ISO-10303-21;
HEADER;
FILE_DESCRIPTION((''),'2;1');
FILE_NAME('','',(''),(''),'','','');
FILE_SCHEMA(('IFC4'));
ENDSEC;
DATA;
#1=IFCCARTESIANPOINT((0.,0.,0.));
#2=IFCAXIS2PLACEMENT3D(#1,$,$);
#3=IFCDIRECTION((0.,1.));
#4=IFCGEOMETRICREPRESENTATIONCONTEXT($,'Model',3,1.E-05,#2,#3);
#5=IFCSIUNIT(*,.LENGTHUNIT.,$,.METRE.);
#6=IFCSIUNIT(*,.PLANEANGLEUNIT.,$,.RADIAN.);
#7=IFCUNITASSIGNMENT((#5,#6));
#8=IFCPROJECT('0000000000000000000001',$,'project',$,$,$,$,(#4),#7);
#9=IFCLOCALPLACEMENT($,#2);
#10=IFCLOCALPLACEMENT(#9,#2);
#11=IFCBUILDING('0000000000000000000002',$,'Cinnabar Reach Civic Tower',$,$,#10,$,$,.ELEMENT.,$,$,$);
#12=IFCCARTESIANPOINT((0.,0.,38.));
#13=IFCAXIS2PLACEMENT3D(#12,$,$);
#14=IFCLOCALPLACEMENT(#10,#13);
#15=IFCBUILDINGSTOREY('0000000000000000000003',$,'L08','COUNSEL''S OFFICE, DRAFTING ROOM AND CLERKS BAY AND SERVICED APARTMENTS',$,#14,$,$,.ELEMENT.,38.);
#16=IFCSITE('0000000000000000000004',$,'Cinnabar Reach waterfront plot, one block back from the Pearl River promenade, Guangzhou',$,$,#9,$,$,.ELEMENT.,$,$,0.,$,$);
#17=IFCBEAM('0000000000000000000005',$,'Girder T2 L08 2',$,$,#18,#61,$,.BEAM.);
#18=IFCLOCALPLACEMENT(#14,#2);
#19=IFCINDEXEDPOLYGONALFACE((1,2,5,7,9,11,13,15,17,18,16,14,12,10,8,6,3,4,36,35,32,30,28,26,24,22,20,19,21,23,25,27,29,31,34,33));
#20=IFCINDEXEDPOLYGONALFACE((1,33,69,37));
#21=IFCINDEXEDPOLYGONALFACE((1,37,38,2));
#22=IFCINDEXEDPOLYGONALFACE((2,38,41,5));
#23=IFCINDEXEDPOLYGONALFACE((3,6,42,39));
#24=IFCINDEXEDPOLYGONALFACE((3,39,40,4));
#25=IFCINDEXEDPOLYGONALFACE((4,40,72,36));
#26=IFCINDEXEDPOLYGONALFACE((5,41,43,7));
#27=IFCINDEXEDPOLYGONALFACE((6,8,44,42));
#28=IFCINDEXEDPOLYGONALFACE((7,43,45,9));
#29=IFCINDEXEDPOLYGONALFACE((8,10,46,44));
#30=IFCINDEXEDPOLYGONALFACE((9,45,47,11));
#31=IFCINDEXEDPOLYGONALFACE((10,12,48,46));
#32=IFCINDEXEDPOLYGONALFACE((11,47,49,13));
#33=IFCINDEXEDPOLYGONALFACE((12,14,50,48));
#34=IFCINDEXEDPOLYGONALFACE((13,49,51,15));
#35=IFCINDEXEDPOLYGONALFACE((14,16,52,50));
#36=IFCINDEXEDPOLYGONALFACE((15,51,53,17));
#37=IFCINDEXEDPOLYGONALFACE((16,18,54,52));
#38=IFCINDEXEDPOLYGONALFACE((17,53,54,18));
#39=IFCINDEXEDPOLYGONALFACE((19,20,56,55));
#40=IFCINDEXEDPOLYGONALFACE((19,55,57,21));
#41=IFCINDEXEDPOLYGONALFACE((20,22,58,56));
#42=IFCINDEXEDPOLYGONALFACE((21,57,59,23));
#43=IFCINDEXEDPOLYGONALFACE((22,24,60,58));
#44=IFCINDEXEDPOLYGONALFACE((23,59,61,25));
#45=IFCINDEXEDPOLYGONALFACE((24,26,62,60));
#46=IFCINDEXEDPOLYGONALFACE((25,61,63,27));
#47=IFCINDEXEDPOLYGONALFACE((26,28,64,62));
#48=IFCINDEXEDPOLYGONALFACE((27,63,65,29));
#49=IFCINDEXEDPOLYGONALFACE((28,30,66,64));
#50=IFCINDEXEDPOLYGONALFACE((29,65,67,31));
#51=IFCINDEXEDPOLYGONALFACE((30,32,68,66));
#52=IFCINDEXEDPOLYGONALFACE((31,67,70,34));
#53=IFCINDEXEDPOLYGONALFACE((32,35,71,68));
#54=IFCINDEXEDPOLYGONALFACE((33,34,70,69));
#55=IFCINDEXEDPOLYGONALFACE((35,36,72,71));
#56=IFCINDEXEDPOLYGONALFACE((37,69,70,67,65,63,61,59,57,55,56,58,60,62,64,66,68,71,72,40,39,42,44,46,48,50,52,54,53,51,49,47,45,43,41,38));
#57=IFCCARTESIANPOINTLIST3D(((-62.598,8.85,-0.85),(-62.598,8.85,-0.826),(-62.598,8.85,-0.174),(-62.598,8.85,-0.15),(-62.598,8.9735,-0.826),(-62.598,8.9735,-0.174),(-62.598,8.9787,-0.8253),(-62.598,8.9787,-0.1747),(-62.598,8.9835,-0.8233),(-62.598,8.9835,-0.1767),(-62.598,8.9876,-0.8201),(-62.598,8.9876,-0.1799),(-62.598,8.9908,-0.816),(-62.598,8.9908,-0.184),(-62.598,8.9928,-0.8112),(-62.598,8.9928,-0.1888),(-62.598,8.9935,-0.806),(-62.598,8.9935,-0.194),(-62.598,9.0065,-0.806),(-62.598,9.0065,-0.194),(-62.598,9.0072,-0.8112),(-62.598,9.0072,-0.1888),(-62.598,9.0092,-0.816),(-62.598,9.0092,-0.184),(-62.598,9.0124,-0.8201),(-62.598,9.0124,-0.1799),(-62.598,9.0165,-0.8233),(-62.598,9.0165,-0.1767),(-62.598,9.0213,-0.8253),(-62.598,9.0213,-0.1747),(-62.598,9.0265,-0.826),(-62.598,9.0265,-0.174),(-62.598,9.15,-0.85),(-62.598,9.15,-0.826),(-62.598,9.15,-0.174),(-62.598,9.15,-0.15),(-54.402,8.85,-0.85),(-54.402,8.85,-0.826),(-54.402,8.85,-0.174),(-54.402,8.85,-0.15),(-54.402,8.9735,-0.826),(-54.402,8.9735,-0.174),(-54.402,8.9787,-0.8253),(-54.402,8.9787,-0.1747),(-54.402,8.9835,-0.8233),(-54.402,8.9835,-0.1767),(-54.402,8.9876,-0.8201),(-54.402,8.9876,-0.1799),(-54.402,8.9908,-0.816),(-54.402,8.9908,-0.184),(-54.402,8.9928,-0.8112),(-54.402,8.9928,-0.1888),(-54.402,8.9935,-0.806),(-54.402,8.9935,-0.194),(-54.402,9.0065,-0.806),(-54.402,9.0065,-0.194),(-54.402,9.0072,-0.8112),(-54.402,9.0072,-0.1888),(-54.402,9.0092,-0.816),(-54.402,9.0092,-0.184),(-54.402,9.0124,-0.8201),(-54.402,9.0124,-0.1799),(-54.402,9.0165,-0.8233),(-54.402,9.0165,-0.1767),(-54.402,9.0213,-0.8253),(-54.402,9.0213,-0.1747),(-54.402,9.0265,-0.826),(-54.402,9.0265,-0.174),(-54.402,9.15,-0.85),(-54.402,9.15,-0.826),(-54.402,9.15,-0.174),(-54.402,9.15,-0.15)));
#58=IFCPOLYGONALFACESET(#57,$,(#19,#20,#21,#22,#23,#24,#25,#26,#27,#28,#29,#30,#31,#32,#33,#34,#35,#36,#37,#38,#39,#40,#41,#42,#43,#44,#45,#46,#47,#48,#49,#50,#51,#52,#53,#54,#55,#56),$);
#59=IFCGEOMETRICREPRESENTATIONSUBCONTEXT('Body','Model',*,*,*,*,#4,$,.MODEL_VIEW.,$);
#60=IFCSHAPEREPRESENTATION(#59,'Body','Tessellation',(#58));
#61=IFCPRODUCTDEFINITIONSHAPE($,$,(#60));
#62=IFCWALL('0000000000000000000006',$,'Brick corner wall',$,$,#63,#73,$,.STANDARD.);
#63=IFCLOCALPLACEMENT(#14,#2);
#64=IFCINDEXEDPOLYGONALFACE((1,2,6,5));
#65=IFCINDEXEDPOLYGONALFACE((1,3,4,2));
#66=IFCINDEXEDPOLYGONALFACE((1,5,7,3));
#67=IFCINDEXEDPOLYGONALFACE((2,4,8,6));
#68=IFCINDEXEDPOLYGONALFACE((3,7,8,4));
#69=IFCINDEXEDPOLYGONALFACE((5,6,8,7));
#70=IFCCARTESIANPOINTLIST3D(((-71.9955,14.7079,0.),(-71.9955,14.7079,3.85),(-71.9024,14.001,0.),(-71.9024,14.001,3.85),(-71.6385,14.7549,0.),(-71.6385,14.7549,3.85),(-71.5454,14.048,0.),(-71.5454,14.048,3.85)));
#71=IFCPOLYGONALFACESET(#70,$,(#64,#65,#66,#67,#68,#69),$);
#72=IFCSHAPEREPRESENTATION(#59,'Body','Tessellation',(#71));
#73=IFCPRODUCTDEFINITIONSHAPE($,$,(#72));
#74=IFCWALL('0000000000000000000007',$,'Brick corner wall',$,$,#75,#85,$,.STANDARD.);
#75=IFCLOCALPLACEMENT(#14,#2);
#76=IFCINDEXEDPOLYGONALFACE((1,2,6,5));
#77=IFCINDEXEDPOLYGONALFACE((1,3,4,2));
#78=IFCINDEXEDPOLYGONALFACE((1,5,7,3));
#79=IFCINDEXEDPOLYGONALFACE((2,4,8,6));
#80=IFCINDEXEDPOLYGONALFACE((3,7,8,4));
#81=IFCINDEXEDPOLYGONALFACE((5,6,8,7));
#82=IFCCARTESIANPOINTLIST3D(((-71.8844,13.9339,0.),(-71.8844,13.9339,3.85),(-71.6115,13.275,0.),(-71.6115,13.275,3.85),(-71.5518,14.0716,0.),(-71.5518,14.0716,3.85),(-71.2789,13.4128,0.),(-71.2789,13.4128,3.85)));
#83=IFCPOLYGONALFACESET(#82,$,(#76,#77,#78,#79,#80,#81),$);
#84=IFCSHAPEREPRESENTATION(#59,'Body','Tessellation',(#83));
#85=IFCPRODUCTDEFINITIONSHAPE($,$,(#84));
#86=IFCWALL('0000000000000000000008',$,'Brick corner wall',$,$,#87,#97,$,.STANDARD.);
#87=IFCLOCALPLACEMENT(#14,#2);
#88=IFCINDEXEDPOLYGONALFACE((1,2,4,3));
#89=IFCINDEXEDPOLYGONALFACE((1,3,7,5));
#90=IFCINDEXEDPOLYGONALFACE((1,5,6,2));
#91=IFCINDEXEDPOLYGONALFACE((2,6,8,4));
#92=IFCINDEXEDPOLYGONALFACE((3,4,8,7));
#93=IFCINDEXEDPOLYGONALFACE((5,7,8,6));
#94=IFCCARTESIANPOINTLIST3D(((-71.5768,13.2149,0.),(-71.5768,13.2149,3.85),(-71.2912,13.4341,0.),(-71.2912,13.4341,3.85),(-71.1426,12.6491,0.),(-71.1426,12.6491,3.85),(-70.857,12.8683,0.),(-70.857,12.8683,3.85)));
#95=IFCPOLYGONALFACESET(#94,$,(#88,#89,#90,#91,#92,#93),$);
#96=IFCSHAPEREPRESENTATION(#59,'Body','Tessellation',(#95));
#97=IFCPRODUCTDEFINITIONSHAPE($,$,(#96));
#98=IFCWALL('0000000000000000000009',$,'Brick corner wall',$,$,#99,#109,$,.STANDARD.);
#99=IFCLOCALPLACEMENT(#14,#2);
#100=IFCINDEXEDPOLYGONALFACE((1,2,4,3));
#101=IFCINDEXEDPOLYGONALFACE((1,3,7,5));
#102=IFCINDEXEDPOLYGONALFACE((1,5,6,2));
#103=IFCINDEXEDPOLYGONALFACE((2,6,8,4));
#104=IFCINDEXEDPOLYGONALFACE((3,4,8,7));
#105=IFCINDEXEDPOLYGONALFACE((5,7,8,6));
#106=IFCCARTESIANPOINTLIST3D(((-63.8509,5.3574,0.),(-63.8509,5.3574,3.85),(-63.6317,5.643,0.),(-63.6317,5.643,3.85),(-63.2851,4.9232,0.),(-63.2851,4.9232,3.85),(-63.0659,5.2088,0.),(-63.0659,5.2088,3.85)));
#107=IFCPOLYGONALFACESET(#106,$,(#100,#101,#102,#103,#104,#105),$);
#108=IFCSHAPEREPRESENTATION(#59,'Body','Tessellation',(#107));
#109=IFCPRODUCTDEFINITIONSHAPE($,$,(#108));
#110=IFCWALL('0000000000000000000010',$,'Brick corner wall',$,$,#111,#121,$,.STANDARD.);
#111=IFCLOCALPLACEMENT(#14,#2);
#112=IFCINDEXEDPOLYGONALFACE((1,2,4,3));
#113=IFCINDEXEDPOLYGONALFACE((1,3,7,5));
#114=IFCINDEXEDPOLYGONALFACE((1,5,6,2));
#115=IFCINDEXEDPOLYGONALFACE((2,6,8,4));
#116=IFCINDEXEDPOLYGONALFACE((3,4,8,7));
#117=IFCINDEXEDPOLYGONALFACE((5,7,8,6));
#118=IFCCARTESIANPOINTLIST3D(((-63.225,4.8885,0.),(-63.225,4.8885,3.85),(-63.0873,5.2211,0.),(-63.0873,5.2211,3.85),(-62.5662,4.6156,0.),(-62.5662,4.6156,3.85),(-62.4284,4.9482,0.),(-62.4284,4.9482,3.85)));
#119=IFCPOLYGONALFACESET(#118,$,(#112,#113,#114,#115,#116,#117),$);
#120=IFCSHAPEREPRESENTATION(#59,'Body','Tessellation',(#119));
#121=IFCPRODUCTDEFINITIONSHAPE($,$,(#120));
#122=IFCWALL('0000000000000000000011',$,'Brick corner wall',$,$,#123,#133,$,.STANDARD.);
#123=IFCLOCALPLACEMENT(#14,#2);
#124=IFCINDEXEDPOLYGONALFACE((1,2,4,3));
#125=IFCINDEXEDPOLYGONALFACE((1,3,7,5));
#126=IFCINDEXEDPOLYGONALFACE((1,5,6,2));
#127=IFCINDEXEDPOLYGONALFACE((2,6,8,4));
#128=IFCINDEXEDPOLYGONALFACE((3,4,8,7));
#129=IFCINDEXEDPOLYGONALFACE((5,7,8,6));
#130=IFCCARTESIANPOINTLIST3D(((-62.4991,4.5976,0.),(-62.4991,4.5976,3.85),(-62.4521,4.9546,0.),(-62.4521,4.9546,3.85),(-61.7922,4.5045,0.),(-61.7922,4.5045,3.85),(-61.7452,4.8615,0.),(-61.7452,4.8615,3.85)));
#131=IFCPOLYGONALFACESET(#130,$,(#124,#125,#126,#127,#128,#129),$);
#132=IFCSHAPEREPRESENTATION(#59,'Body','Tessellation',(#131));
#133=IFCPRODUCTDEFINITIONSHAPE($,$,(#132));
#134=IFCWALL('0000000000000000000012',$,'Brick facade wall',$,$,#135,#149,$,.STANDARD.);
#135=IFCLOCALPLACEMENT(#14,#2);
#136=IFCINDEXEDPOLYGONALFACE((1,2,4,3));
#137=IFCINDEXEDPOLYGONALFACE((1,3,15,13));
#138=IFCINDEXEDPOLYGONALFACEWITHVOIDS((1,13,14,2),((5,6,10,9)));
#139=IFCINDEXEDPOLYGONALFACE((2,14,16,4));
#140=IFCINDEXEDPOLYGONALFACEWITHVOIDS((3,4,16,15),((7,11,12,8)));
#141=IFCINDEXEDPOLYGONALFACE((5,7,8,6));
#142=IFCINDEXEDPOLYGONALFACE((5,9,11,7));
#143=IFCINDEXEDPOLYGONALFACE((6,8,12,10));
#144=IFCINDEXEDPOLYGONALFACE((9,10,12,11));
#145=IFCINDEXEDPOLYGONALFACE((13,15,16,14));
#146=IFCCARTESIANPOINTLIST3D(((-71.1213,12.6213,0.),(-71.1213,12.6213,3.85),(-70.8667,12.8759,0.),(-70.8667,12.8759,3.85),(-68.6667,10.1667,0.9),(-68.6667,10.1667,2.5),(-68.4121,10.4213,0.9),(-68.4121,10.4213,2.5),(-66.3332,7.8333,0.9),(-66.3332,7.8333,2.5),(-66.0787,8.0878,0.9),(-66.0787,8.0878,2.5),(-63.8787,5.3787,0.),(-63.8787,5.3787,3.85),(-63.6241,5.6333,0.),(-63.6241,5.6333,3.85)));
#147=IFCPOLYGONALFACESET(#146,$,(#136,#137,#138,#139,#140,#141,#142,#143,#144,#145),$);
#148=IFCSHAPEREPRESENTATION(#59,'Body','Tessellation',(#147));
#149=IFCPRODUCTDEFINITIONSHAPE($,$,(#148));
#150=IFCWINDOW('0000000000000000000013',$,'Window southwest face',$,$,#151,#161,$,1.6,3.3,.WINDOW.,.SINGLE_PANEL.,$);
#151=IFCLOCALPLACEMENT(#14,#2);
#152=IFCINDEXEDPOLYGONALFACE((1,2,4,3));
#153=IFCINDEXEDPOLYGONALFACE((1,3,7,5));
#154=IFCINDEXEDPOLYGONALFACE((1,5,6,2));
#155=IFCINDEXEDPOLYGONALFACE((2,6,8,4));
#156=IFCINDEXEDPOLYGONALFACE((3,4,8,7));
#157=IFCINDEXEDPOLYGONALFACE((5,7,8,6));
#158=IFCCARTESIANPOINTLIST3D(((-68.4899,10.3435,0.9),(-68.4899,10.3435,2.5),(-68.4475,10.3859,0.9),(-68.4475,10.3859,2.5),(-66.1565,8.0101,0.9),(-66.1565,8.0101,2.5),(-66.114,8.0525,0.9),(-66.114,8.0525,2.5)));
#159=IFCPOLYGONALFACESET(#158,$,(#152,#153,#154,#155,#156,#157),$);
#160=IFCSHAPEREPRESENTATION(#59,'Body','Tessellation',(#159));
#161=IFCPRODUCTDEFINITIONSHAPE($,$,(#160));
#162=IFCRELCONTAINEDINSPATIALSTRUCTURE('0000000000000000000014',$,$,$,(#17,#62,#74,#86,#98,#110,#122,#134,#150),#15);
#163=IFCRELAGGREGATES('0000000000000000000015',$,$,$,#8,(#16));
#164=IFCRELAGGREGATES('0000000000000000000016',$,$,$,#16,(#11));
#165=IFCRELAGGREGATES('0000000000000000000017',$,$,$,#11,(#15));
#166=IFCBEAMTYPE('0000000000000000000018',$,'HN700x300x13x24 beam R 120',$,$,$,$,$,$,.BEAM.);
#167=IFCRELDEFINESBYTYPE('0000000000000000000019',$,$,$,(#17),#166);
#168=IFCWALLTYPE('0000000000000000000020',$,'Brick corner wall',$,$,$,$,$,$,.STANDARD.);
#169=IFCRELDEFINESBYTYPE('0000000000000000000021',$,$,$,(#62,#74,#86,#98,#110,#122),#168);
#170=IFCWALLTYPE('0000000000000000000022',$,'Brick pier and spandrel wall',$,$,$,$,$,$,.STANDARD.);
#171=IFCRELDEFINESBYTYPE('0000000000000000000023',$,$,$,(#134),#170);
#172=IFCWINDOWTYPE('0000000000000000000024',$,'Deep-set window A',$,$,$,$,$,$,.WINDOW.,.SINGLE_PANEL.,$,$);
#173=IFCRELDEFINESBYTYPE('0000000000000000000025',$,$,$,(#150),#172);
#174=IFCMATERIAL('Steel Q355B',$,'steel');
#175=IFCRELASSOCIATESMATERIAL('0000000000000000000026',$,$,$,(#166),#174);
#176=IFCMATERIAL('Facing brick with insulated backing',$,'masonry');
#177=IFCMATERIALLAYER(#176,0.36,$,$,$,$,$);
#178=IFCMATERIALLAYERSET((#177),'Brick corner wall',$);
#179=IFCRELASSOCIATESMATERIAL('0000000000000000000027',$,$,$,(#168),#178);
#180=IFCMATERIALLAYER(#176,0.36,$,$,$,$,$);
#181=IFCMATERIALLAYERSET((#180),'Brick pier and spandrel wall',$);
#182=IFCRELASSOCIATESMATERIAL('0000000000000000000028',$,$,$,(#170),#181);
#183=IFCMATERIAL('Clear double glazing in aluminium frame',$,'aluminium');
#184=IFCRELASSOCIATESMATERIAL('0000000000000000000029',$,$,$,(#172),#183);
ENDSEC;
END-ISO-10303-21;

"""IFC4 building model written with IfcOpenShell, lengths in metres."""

from ifc_helpers import new_model, si_unit, direction, frame, frame_2d, origin, origin_2d, place, context, subcontext, project, spatial, rectangle, i_section, extrude, material, layer, layer_set, material_profile, profile_set, type_object, element, fill, save


model = new_model("IFC4")

# Units and contexts
model_context = context("Model", 3, precision=1e-05, world=origin(), true_north=direction((0.0, 1.0)))
body_context = subcontext(model_context, "Body", "Model", "MODEL_VIEW")
ifc_project = project(units=[si_unit("LENGTHUNIT", "METRE"), si_unit("PLANEANGLEUNIT", "RADIAN")], contexts=[model_context])

# Site, building, storey
site_placement = place(None, origin())
site = spatial("IfcSite", under=ifc_project, at=site_placement, Name="Cinnabar Reach waterfront plot, one block back from the Pearl River promenade, Guangzhou", CompositionType="ELEMENT", RefElevation=0.0)
building_placement = place(site_placement, origin())
building = spatial("IfcBuilding", under=site, at=building_placement, Name="Cinnabar Reach Civic Tower", CompositionType="ELEMENT")
storey_placement = place(building_placement, frame((0.0, 0.0, 38.0)))
storey = spatial("IfcBuildingStorey", under=building, at=storey_placement, Name="L08", Description="COUNSEL'S OFFICE, DRAFTING ROOM AND CLERKS BAY AND SERVICED APARTMENTS", CompositionType="ELEMENT", Elevation=38.0)

# Beam
ifc_material_1 = material(Name="Steel Q355B", Category="steel")
ifc_material_profile_1 = material_profile(ifc_material_1, i_section(OverallWidth=0.3, OverallDepth=0.7, WebThickness=0.013, FlangeThickness=0.024, FilletRadius=0.02, at=origin_2d()), Name="HN700x300x13x24")
ifc_profile_set_1 = profile_set([ifc_material_profile_1], Name="Steel Q355B")
beam_type_1 = type_object("IfcBeamType", Name="HN700x300x13x24 beam R 120", PredefinedType="BEAM", material=ifc_profile_set_1)
beam_1_placement = place(storey_placement, frame((-62.598, 9.0, -0.5), z_axis=(1.0, 0.0, 0.0), x_axis=(0.0, 1.0, 0.0)))
element("IfcBeam", 1, at=beam_1_placement, inside=storey, type_object=beam_type_1, Name="Girder T2 L08 2", PredefinedType="BEAM", context=body_context, shape_type="SweptSolid", body=[
    extrude(i_section(OverallWidth=0.3, OverallDepth=0.7, WebThickness=0.013, FlangeThickness=0.024, FilletRadius=0.02, at=origin_2d()), origin(), (0.0, 0.0, 1.0), 8.196),
])

# Walls
ifc_material_2 = material(Name="Facing brick with insulated backing", Category="masonry")
ifc_layer_1 = layer(ifc_material_2, 0.36)
ifc_layer_set_1 = layer_set([ifc_layer_1], Name="Brick corner wall")
wall_type_1 = type_object("IfcWallType", Name="Brick corner wall", PredefinedType="STANDARD", material=ifc_layer_set_1)
for number, where, z_axis, x_axis, name in (
    (2, (-71.817, 14.7314, 0.0), (0.0, 0.0, 1.0), (0.130556, -0.991441, 0.0), "Brick corner wall"),
    (3, (-71.7181, 14.0027, 0.0), (0.0, 0.0, 1.0), (0.382703, -0.923872, 0.0), "Brick corner wall"),
):
    element("IfcWall", number, at=place(storey_placement, frame(where, z_axis=z_axis, x_axis=x_axis)), inside=storey, type_object=wall_type_1, Name=name, PredefinedType="STANDARD", context=body_context, shape_type="SweptSolid", body=[
        extrude(rectangle(XDim=0.7131, YDim=0.36, at=frame_2d((0.3565, 0.0))), origin(), (0.0, 0.0, 1.0), 3.85),
    ])
for number, where, z_axis, x_axis, name in (
    (4, (-71.434, 13.3245, 0.0), (0.0, 0.0, 1.0), (0.608802, -0.793322, 0.0), "Brick corner wall"),
    (5, (-63.7413, 5.5002, 0.0), (0.0, 0.0, 1.0), (0.793322, -0.608802, 0.0), "Brick corner wall"),
):
    element("IfcWall", number, at=place(storey_placement, frame(where, z_axis=z_axis, x_axis=x_axis)), inside=storey, type_object=wall_type_1, Name=name, PredefinedType="STANDARD", context=body_context, shape_type="SweptSolid", body=[
        extrude(rectangle(XDim=0.7132, YDim=0.36, at=frame_2d((0.3566, 0.0))), origin(), (0.0, 0.0, 1.0), 3.85),
    ])
for number, where, z_axis, x_axis, name in (
    (6, (-63.1561, 5.0548, 0.0), (0.0, 0.0, 1.0), (0.923872, -0.382703, 0.0), "Brick corner wall"),
    (7, (-62.4756, 4.7761, 0.0), (0.0, 0.0, 1.0), (0.991441, -0.130556, 0.0), "Brick corner wall"),
):
    element("IfcWall", number, at=place(storey_placement, frame(where, z_axis=z_axis, x_axis=x_axis)), inside=storey, type_object=wall_type_1, Name=name, PredefinedType="STANDARD", context=body_context, shape_type="SweptSolid", body=[
        extrude(rectangle(XDim=0.7131, YDim=0.36, at=frame_2d((0.3565, 0.0))), origin(), (0.0, 0.0, 1.0), 3.85),
    ])

# Wall, opening, window
ifc_layer_2 = layer(ifc_material_2, 0.36)
ifc_layer_set_2 = layer_set([ifc_layer_2], Name="Brick pier and spandrel wall")
wall_type_2 = type_object("IfcWallType", Name="Brick pier and spandrel wall", PredefinedType="STANDARD", material=ifc_layer_set_2)
wall_placement = place(storey_placement, frame((-70.994, 12.7486, 0.0), z_axis=(0.0, 0.0, 1.0), x_axis=(0.707107, -0.707107, 0.0)))
wall = element("IfcWall", 8, at=wall_placement, inside=storey, type_object=wall_type_2, Name="Brick facade wall", PredefinedType="STANDARD", context=body_context, shape_type="SweptSolid", body=[
    extrude(rectangle(XDim=10.2426, YDim=0.36, at=frame_2d((5.1213, 0.0))), origin(), (0.0, 0.0, 1.0), 3.85),
])
opening_placement = place(wall_placement, frame((3.4713, 0.0, 0.9)))
opening = element("IfcOpeningElement", 9, at=opening_placement, cuts=wall, PredefinedType="OPENING", context=body_context, shape_type="SweptSolid", body=[
    extrude(rectangle(XDim=3.3, YDim=1.6, at=frame_2d((1.65, 0.8))), frame((0.0, 0.19, 0.0), z_axis=(0.0, -1.0, 0.0), x_axis=(1.0, 0.0, 0.0)), (0.0, 0.0, 1.0), 0.38),
])
ifc_material_3 = material(Name="Clear double glazing in aluminium frame", Category="aluminium")
window_type = type_object("IfcWindowType", Name="Deep-set window A", PartitioningType="SINGLE_PANEL", PredefinedType="WINDOW", material=ifc_material_3)
window_placement = place(opening_placement, origin())
window = element("IfcWindow", 10, at=window_placement, inside=storey, type_object=window_type, Name="Window southwest face", OverallHeight=1.6, OverallWidth=3.3, PartitioningType="SINGLE_PANEL", PredefinedType="WINDOW", context=body_context, shape_type="SweptSolid", body=[
    extrude(rectangle(XDim=3.3, YDim=1.6, at=frame_2d((1.65, 0.8))), frame((0.0, 0.13, 0.0), z_axis=(0.0, -1.0, 0.0), x_axis=(1.0, 0.0, 0.0)), (0.0, 0.0, 1.0), 0.06),
])
fill(opening, window)

save(model, "model.ifc")
